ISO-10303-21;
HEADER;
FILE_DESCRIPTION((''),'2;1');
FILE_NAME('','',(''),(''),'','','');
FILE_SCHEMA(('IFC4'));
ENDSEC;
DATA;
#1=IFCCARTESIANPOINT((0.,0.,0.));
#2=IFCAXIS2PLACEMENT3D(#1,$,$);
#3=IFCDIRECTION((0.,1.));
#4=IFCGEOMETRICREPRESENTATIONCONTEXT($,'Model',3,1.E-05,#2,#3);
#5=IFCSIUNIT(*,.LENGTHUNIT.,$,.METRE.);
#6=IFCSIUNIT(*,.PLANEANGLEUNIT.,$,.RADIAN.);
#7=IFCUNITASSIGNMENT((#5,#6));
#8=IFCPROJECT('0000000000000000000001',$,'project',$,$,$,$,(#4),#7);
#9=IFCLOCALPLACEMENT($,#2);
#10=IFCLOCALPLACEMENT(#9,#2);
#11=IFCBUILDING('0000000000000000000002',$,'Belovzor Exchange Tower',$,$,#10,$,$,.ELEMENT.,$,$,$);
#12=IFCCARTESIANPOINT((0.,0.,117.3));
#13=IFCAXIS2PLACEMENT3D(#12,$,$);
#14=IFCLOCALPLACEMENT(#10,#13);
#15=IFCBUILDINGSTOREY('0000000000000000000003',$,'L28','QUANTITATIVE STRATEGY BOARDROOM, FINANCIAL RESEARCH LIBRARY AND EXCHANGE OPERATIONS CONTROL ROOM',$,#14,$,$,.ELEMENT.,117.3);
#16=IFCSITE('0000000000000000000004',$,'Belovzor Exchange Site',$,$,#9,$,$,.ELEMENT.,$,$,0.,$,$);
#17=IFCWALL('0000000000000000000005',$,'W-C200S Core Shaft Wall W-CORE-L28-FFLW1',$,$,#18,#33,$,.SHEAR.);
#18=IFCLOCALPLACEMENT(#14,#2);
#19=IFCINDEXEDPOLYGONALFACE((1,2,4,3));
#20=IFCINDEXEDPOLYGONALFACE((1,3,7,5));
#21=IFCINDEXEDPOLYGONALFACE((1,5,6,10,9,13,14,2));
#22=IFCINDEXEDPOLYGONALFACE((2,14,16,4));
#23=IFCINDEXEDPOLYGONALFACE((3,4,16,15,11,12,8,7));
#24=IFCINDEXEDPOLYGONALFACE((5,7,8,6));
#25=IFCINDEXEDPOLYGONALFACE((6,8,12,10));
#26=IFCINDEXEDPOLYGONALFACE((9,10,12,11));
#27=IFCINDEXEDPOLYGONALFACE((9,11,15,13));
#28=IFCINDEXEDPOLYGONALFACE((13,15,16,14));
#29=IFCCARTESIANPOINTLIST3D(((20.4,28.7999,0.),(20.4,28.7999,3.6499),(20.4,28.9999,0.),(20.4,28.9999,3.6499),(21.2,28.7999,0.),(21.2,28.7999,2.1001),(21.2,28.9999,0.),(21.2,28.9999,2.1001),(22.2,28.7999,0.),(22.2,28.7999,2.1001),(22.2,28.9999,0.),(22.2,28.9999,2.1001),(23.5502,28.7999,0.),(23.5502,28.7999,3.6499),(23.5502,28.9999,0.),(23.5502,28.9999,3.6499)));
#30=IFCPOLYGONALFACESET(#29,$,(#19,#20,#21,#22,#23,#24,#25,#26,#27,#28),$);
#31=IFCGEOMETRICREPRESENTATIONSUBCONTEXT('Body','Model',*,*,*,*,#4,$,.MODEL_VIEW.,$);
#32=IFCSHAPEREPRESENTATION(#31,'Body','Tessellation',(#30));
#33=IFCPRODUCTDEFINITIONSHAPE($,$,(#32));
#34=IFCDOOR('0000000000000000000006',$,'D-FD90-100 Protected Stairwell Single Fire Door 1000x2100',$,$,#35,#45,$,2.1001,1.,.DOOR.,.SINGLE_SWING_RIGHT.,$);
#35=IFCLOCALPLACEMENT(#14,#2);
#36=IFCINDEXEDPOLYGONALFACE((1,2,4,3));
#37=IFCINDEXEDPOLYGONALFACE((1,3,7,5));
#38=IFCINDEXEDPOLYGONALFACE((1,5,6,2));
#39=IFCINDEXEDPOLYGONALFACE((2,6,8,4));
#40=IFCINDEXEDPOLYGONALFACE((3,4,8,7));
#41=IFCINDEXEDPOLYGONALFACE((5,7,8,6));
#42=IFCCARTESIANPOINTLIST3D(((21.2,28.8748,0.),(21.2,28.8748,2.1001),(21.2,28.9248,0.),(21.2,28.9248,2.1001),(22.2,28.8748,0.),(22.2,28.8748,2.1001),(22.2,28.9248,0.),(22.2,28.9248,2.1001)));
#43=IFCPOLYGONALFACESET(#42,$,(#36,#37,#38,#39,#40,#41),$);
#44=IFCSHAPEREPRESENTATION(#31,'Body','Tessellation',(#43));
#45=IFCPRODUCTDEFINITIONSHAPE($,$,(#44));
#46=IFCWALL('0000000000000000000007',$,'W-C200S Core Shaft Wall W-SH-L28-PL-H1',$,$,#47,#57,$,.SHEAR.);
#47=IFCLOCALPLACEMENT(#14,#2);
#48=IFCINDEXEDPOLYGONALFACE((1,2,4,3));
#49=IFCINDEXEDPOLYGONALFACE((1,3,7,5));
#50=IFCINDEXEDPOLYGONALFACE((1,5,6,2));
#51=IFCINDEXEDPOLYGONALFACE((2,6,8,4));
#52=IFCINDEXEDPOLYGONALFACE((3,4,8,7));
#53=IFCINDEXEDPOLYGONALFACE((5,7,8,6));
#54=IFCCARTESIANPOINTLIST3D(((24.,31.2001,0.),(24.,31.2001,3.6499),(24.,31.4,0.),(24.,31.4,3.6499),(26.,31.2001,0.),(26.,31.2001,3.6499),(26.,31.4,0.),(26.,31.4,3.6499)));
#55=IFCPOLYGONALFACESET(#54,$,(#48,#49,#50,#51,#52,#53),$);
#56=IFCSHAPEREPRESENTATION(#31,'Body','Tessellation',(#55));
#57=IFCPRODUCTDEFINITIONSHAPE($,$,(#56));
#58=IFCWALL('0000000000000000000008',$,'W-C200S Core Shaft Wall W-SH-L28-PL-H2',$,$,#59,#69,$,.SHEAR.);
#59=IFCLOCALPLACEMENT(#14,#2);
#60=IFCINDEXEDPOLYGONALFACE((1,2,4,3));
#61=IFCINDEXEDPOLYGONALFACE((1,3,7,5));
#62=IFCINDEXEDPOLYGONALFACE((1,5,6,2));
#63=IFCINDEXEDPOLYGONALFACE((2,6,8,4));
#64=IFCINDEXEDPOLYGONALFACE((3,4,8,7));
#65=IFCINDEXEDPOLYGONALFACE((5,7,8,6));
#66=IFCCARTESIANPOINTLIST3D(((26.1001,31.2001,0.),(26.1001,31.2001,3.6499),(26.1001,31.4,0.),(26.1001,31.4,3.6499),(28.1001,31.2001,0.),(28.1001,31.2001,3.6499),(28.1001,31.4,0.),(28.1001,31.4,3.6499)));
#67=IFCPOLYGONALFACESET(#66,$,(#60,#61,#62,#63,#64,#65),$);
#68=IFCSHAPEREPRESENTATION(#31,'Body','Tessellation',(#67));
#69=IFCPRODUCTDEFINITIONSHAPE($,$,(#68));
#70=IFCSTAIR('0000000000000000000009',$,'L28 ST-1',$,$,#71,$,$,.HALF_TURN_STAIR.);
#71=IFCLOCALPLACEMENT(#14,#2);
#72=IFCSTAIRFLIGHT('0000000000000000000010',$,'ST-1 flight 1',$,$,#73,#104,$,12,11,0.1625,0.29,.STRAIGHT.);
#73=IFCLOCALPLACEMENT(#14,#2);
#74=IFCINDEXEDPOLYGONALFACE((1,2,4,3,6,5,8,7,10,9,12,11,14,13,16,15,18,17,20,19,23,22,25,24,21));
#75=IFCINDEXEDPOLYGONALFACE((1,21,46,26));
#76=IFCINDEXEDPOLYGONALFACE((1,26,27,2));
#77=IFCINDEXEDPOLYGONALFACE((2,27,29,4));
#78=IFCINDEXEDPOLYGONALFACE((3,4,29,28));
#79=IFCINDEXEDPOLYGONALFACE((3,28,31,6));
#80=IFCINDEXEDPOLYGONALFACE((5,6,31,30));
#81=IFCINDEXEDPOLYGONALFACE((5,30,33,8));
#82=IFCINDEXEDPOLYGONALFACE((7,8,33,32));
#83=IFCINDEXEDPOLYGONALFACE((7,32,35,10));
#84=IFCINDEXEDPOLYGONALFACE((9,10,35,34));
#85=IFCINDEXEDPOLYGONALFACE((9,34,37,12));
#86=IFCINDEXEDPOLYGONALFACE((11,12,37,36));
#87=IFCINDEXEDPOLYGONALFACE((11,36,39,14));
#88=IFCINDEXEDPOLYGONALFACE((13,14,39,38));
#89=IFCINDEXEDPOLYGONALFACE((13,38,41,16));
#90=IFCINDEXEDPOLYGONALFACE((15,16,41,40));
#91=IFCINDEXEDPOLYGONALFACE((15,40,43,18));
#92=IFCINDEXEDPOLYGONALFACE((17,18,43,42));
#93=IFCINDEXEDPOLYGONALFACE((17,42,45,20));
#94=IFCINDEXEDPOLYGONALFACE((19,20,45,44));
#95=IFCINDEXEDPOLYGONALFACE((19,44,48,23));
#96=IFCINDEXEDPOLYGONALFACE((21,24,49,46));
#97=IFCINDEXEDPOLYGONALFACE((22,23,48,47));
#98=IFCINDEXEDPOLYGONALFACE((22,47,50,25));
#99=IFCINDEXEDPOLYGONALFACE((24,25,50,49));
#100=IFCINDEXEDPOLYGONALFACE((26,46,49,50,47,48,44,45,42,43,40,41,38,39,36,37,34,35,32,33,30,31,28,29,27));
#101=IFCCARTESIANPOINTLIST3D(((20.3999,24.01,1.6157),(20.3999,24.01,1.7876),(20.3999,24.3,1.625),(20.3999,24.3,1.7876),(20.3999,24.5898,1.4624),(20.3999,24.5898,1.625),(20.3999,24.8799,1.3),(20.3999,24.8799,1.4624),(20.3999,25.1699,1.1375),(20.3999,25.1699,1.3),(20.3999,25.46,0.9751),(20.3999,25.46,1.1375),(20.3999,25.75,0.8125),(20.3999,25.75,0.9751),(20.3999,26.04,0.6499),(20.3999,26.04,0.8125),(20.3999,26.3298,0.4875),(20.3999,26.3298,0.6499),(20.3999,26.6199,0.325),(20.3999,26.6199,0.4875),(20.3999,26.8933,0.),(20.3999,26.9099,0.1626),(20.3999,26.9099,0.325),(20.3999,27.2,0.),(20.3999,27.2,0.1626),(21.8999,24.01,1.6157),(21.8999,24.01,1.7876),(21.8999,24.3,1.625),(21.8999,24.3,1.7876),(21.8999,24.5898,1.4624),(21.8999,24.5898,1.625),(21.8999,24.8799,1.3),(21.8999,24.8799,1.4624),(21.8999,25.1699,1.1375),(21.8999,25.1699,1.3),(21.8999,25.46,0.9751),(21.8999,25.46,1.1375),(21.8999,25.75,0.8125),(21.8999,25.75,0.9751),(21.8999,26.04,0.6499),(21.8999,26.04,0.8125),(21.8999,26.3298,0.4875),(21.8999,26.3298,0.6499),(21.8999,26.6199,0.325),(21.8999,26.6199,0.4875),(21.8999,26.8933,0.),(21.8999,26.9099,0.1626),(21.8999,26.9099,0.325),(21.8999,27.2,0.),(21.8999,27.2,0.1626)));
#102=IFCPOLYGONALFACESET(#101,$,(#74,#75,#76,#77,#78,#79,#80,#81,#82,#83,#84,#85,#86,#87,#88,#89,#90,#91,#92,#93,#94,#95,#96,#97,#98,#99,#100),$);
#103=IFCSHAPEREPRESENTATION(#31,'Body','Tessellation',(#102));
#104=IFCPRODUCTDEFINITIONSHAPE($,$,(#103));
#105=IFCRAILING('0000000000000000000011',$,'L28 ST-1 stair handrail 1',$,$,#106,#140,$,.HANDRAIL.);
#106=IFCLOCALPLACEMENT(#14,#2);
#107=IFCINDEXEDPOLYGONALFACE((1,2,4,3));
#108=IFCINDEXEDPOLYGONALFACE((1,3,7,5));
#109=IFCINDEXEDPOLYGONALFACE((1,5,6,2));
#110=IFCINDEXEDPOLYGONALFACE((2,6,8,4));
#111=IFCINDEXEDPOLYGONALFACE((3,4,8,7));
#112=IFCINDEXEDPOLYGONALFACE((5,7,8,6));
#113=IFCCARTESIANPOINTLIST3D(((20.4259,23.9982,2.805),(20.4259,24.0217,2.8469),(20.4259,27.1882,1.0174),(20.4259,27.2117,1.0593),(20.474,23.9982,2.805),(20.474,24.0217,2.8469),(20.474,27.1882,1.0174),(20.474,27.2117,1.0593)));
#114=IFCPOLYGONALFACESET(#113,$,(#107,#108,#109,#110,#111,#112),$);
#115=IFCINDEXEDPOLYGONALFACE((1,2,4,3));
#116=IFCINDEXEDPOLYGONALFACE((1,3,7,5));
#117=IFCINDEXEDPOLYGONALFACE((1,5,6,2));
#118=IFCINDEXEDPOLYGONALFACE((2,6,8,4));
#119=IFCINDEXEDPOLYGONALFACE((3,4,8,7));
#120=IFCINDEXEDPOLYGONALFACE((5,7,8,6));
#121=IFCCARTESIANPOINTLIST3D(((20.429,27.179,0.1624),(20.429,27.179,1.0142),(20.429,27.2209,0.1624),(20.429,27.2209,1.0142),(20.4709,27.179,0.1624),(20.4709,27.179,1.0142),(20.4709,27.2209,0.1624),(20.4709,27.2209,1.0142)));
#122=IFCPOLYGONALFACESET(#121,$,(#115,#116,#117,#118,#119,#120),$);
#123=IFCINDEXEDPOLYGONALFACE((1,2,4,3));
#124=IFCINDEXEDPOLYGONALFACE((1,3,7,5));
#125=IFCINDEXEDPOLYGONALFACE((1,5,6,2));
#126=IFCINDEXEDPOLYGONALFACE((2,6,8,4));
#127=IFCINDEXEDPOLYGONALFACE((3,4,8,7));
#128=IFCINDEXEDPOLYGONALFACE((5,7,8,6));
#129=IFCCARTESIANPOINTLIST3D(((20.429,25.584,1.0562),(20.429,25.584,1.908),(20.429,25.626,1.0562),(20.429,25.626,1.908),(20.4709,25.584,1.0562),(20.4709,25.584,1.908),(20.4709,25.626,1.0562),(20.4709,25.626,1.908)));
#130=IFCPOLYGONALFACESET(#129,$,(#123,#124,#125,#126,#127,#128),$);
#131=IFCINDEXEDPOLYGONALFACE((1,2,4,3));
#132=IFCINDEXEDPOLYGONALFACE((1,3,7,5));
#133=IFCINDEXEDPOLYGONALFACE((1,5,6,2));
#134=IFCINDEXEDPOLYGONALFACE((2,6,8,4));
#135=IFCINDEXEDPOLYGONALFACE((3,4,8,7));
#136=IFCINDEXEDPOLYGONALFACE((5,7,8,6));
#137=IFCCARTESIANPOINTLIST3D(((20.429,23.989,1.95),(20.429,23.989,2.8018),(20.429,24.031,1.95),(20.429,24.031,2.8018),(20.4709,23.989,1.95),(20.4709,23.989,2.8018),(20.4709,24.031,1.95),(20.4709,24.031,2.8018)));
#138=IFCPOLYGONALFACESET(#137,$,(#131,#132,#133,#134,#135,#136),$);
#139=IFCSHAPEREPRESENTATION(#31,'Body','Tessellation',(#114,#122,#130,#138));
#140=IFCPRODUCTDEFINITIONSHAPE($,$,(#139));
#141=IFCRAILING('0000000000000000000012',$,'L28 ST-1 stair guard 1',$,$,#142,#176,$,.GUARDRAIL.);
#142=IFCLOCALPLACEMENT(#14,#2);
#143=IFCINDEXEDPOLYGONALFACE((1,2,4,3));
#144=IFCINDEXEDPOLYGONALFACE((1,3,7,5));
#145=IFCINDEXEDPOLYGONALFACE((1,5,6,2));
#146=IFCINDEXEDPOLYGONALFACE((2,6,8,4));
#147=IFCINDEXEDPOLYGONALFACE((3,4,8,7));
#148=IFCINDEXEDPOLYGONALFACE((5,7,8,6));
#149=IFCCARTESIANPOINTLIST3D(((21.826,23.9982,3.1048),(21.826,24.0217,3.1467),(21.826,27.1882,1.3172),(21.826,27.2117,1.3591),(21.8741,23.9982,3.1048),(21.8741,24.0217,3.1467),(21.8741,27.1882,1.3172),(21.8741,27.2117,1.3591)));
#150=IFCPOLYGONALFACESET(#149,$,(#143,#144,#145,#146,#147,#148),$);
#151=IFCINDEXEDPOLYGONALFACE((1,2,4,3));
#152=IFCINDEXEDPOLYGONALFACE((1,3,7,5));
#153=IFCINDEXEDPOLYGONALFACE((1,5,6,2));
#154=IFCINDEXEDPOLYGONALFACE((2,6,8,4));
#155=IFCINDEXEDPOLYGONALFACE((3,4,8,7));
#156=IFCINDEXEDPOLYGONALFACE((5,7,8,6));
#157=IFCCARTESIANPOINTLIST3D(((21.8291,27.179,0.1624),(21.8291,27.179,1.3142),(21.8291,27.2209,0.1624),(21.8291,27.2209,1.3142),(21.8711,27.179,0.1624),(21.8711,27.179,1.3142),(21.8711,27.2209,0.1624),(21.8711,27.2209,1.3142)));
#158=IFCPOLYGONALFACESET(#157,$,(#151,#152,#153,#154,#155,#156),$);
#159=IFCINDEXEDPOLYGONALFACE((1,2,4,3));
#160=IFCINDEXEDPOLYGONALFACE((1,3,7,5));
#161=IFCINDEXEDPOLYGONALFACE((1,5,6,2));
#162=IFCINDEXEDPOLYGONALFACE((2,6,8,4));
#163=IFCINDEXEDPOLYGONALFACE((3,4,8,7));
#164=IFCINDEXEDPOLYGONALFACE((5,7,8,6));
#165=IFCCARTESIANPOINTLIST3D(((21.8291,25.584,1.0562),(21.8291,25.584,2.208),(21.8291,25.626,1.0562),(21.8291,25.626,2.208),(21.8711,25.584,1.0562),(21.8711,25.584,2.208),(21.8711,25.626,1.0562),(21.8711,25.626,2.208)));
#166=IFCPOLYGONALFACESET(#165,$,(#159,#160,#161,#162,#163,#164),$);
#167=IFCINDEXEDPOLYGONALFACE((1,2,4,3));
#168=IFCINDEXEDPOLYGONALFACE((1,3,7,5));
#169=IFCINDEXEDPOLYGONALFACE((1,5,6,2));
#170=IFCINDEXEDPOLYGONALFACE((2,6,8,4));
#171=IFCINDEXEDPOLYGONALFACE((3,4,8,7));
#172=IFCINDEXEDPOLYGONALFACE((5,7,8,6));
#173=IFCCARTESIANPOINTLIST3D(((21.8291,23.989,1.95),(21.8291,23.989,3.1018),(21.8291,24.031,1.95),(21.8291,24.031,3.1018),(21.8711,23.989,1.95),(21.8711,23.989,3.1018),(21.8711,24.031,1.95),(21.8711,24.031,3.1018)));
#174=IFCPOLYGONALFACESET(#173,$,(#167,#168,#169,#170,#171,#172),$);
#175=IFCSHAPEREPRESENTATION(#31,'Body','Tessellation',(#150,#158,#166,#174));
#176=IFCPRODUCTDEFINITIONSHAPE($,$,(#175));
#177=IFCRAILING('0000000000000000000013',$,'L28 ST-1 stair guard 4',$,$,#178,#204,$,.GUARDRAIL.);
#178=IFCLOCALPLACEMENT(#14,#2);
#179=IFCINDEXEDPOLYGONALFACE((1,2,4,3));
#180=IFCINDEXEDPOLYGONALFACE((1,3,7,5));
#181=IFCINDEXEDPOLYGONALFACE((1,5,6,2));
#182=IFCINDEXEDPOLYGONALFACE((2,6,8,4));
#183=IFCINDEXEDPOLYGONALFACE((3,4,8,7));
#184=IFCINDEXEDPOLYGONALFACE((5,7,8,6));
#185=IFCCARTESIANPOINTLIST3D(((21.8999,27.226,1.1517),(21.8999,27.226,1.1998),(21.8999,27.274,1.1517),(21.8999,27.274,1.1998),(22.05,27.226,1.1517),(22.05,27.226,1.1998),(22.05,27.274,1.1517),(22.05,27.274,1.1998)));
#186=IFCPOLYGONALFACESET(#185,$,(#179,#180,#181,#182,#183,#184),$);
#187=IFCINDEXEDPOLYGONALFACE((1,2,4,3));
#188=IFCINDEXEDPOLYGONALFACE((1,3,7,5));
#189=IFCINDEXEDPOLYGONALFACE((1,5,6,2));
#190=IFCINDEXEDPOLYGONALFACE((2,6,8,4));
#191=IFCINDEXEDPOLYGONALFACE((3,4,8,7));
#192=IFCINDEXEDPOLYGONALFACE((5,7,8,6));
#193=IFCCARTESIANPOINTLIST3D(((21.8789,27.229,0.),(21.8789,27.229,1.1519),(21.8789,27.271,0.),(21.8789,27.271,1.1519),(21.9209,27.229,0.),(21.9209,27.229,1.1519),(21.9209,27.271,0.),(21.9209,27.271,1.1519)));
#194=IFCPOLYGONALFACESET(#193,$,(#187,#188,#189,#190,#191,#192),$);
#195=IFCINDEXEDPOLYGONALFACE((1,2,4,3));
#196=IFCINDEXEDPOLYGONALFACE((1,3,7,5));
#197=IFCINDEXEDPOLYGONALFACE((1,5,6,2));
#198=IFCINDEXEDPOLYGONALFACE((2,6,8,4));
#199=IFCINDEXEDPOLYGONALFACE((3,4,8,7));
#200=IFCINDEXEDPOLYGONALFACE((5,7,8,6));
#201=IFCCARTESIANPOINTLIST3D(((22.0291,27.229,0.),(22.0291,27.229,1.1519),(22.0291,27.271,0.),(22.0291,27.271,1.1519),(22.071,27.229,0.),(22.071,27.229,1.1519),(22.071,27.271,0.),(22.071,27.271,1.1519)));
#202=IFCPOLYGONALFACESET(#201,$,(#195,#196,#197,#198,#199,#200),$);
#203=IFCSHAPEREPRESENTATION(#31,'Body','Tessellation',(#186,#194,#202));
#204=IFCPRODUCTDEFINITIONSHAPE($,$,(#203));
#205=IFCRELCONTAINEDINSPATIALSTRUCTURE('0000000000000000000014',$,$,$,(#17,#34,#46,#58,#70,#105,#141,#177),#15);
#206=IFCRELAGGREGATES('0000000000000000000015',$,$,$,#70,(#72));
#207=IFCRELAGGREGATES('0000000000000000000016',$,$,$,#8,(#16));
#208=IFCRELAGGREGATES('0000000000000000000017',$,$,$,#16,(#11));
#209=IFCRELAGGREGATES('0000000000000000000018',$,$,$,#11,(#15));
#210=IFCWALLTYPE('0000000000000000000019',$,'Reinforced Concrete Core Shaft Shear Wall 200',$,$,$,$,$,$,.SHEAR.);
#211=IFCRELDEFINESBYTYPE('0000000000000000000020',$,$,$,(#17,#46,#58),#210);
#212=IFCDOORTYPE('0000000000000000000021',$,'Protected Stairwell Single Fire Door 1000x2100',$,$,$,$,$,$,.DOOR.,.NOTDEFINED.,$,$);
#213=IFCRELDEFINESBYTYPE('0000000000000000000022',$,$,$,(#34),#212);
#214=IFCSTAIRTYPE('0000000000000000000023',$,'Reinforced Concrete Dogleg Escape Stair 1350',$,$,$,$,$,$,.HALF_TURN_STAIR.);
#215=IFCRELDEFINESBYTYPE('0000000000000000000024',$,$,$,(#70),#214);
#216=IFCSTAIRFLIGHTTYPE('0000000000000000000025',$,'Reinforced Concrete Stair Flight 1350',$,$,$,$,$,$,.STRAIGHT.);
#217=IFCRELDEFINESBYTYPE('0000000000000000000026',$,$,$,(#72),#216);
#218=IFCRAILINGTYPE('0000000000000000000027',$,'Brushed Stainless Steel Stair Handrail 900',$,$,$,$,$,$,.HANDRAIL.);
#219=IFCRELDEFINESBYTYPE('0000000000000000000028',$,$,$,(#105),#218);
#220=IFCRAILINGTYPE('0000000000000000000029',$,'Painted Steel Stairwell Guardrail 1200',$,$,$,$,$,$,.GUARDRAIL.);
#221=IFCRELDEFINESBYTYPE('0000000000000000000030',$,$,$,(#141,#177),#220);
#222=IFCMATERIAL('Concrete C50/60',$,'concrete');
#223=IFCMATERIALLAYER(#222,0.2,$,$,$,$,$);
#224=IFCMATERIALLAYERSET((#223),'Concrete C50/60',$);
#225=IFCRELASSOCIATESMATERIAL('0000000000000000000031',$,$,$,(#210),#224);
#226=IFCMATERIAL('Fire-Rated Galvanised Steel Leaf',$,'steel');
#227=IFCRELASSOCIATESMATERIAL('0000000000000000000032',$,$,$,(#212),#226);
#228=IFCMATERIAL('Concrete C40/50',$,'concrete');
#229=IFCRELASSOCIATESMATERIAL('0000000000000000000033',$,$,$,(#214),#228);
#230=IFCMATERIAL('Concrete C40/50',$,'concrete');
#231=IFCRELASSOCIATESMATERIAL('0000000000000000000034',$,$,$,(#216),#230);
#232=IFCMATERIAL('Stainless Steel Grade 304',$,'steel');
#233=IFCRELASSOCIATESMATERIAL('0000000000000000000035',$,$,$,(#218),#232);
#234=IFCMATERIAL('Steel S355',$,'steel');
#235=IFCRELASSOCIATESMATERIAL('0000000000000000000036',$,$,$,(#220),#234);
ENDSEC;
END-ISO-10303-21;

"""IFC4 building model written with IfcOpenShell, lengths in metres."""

from ifc_helpers import new_model, si_unit, direction, frame, frame_2d, origin, origin_2d, place, context, subcontext, project, spatial, polyline, rectangle, outline, extrude, material, layer, layer_set, type_object, element, fill, aggregate, save


model = new_model("IFC4")

# Units and contexts
model_context = context("Model", 3, precision=1e-05, world=origin(), true_north=direction((0.0, 1.0)))
body_context = subcontext(model_context, "Body", "Model", "MODEL_VIEW")
ifc_project = project(units=[si_unit("LENGTHUNIT", "METRE"), si_unit("PLANEANGLEUNIT", "RADIAN")], contexts=[model_context])

# Site, building, storey
site_placement = place(None, origin())
site = spatial("IfcSite", under=ifc_project, at=site_placement, Name="Belovzor Exchange Site", CompositionType="ELEMENT", RefElevation=0.0)
building_placement = place(site_placement, origin())
building = spatial("IfcBuilding", under=site, at=building_placement, Name="Belovzor Exchange Tower", CompositionType="ELEMENT")
storey_placement = place(building_placement, frame((0.0, 0.0, 117.3)))
storey = spatial("IfcBuildingStorey", under=building, at=storey_placement, Name="L28", Description="QUANTITATIVE STRATEGY BOARDROOM, FINANCIAL RESEARCH LIBRARY AND EXCHANGE OPERATIONS CONTROL ROOM", CompositionType="ELEMENT", Elevation=117.3)

# Wall, opening, door
ifc_material_1 = material(Name="Concrete C50/60", Category="concrete")
ifc_layer_1 = layer(ifc_material_1, 0.2)
ifc_layer_set_1 = layer_set([ifc_layer_1], Name="Concrete C50/60")
wall_type_1 = type_object("IfcWallType", Name="Reinforced Concrete Core Shaft Shear Wall 200", PredefinedType="SHEAR", material=ifc_layer_set_1)
wall_1_placement = place(storey_placement, frame((20.3999, 28.8999, 0.0), z_axis=(0.0, 0.0, 1.0), x_axis=(1.0, 0.0, 0.0)))
wall_1 = element("IfcWall", 1, at=wall_1_placement, inside=storey, type_object=wall_type_1, Name="W-C200S Core Shaft Wall W-CORE-L28-FFLW1", PredefinedType="SHEAR", context=body_context, shape_type="SweptSolid", body=[
    extrude(rectangle(XDim=3.1501, YDim=0.2, at=frame_2d((1.5752, 0.0))), origin(), (0.0, 0.0, 1.0), 3.6499),
])
opening_1_placement = place(wall_1_placement, frame((0.8, 0.0, 0.0)))
opening_1 = element("IfcOpeningElement", 2, at=opening_1_placement, cuts=wall_1, PredefinedType="OPENING", context=body_context, shape_type="SweptSolid", body=[
    extrude(rectangle(XDim=1.0, YDim=2.1001, at=frame_2d((0.5, 1.05))), frame((0.0, 0.1099, 0.0), z_axis=(0.0, -1.0, 0.0), x_axis=(1.0, 0.0, 0.0)), (0.0, 0.0, 1.0), 0.22),
])
ifc_material_2 = material(Name="Fire-Rated Galvanised Steel Leaf", Category="steel")
door_type_1 = type_object("IfcDoorType", Name="Protected Stairwell Single Fire Door 1000x2100", OperationType="NOTDEFINED", PredefinedType="DOOR", material=ifc_material_2)
door_1_placement = place(opening_1_placement, origin())
door_1 = element("IfcDoor", 3, at=door_1_placement, inside=storey, type_object=door_type_1, Name="D-FD90-100 Protected Stairwell Single Fire Door 1000x2100", OperationType="SINGLE_SWING_RIGHT", OverallHeight=2.1001, OverallWidth=1.0, PredefinedType="DOOR", context=body_context, shape_type="SweptSolid", body=[
    extrude(rectangle(XDim=1.0, YDim=2.1001, at=frame_2d((0.5, 1.05))), frame((0.0, 0.0249, 0.0), z_axis=(0.0, -1.0, 0.0), x_axis=(1.0, 0.0, 0.0)), (0.0, 0.0, 1.0), 0.05),
])
fill(opening_1, door_1)

# Walls
for number, where, z_axis, x_axis, name in (
    (4, (24.0, 31.3, 0.0), (0.0, 0.0, 1.0), (1.0, 0.0, 0.0), "W-C200S Core Shaft Wall W-SH-L28-PL-H1"),
    (5, (26.1001, 31.3, 0.0), (0.0, 0.0, 1.0), (1.0, 0.0, 0.0), "W-C200S Core Shaft Wall W-SH-L28-PL-H2"),
):
    element("IfcWall", number, at=place(storey_placement, frame(where, z_axis=z_axis, x_axis=x_axis)), inside=storey, type_object=wall_type_1, Name=name, PredefinedType="SHEAR", context=body_context, shape_type="SweptSolid", body=[
        extrude(rectangle(XDim=2.0, YDim=0.2, at=frame_2d((1.0, 0.0))), origin(), (0.0, 0.0, 1.0), 3.6499),
    ])

# Stair, stair flight
ifc_material_3 = material(Name="Concrete C40/50", Category="concrete")
stair_type = type_object("IfcStairType", Name="Reinforced Concrete Dogleg Escape Stair 1350", PredefinedType="HALF_TURN_STAIR", material=ifc_material_3)
stair_placement = place(storey_placement, origin())
stair = element("IfcStair", 6, at=stair_placement, inside=storey, type_object=stair_type, Name="L28 ST-1", PredefinedType="HALF_TURN_STAIR")
ifc_material_4 = material(Name="Concrete C40/50", Category="concrete")
stair_flight_type = type_object("IfcStairFlightType", Name="Reinforced Concrete Stair Flight 1350", PredefinedType="STRAIGHT", material=ifc_material_4)
stair_flight_placement = place(storey_placement, frame((21.1499, 27.2, 0.0), z_axis=(0.0, 0.0, 1.0), x_axis=(0.0, -1.0, 0.0)))
stair_flight = element("IfcStairFlight", 7, at=stair_flight_placement, type_object=stair_flight_type, Name="ST-1 flight 1", NumberOfRisers=12, NumberOfTreads=11, PredefinedType="STRAIGHT", RiserHeight=0.1625, TreadLength=0.29, context=body_context, shape_type="SweptSolid", body=[
    extrude(outline(polyline([(0.0, 0.0), (0.0, 0.1626), (0.29, 0.1626), (0.29, 0.325), (0.5801, 0.325), (0.5801, 0.4875), (0.8701, 0.4875), (0.8701, 0.6499), (1.1599, 0.6499), (1.1599, 0.8125), (1.45, 0.8125), (1.45, 0.9751), (1.74, 0.9751), (1.74, 1.1375), (2.03, 1.1375), (2.03, 1.3), (2.3201, 1.3), (2.3201, 1.4624), (2.6101, 1.4624), (2.6101, 1.625), (2.8999, 1.625), (2.8999, 1.7876), (3.1899, 1.7876), (3.1899, 1.95), (3.1899, 1.6157), (0.3066, 0.0), (0.0, 0.0)])), frame((0.0, 0.75, 0.0), z_axis=(0.0, -1.0, 0.0), x_axis=(1.0, 0.0, 0.0)), (0.0, 0.0, 1.0), 1.5),
])
aggregate(stair, [stair_flight])

# Railings
ifc_material_5 = material(Name="Stainless Steel Grade 304", Category="steel")
railing_type_1 = type_object("IfcRailingType", Name="Brushed Stainless Steel Stair Handrail 900", PredefinedType="HANDRAIL", material=ifc_material_5)
railing_1_placement = place(storey_placement, frame((20.45, 27.2, 0.1624)))
element("IfcRailing", 8, at=railing_1_placement, inside=storey, type_object=railing_type_1, Name="L28 ST-1 stair handrail 1", PredefinedType="HANDRAIL", context=body_context, shape_type="SweptSolid", body=[
    extrude(rectangle(XDim=0.0481, YDim=0.0481, at=origin_2d()), frame((0.0, 0.0, 0.876), z_axis=(0.0, -0.872363, 0.48886), x_axis=(1.0, 0.0, 0.0)), (0.0, 0.0, 1.0), 3.6567),
    extrude(rectangle(XDim=0.042, YDim=0.042, at=origin_2d()), origin(), (0.0, 0.0, 1.0), 0.8518),
    extrude(rectangle(XDim=0.042, YDim=0.042, at=origin_2d()), frame((0.0, -1.595, 0.8938)), (0.0, 0.0, 1.0), 0.8518),
    extrude(rectangle(XDim=0.042, YDim=0.042, at=origin_2d()), frame((0.0, -3.1899, 1.7876)), (0.0, 0.0, 1.0), 0.8518),
])
ifc_material_6 = material(Name="Steel S355", Category="steel")
railing_type_2 = type_object("IfcRailingType", Name="Painted Steel Stairwell Guardrail 1200", PredefinedType="GUARDRAIL", material=ifc_material_6)
railing_2_placement = place(storey_placement, frame((21.8501, 27.2, 0.1624)))
element("IfcRailing", 9, at=railing_2_placement, inside=storey, type_object=railing_type_2, Name="L28 ST-1 stair guard 1", PredefinedType="GUARDRAIL", context=body_context, shape_type="SweptSolid", body=[
    extrude(rectangle(XDim=0.0481, YDim=0.0481, at=origin_2d()), frame((0.0, 0.0, 1.1758), z_axis=(0.0, -0.872363, 0.48886), x_axis=(1.0, 0.0, 0.0)), (0.0, 0.0, 1.0), 3.6567),
    extrude(rectangle(XDim=0.042, YDim=0.042, at=origin_2d()), origin(), (0.0, 0.0, 1.0), 1.1519),
    extrude(rectangle(XDim=0.042, YDim=0.042, at=origin_2d()), frame((0.0, -1.595, 0.8938)), (0.0, 0.0, 1.0), 1.1519),
    extrude(rectangle(XDim=0.042, YDim=0.042, at=origin_2d()), frame((0.0, -3.1899, 1.7876)), (0.0, 0.0, 1.0), 1.1519),
])
railing_3_placement = place(storey_placement, frame((21.8999, 27.25, 0.0)))
element("IfcRailing", 10, at=railing_3_placement, inside=storey, type_object=railing_type_2, Name="L28 ST-1 stair guard 4", PredefinedType="GUARDRAIL", context=body_context, shape_type="SweptSolid", body=[
    extrude(rectangle(XDim=0.0481, YDim=0.0481, at=origin_2d()), frame((0.0, 0.0, 1.1758), z_axis=(1.0, 0.0, 0.0), x_axis=(0.0, 1.0, 0.0)), (0.0, 0.0, 1.0), 0.1501),
    extrude(rectangle(XDim=0.042, YDim=0.042, at=origin_2d()), origin(), (0.0, 0.0, 1.0), 1.1519),
    extrude(rectangle(XDim=0.042, YDim=0.042, at=origin_2d()), frame((0.1501, 0.0, 0.0)), (0.0, 0.0, 1.0), 1.1519),
])

save(model, "model.ifc")
